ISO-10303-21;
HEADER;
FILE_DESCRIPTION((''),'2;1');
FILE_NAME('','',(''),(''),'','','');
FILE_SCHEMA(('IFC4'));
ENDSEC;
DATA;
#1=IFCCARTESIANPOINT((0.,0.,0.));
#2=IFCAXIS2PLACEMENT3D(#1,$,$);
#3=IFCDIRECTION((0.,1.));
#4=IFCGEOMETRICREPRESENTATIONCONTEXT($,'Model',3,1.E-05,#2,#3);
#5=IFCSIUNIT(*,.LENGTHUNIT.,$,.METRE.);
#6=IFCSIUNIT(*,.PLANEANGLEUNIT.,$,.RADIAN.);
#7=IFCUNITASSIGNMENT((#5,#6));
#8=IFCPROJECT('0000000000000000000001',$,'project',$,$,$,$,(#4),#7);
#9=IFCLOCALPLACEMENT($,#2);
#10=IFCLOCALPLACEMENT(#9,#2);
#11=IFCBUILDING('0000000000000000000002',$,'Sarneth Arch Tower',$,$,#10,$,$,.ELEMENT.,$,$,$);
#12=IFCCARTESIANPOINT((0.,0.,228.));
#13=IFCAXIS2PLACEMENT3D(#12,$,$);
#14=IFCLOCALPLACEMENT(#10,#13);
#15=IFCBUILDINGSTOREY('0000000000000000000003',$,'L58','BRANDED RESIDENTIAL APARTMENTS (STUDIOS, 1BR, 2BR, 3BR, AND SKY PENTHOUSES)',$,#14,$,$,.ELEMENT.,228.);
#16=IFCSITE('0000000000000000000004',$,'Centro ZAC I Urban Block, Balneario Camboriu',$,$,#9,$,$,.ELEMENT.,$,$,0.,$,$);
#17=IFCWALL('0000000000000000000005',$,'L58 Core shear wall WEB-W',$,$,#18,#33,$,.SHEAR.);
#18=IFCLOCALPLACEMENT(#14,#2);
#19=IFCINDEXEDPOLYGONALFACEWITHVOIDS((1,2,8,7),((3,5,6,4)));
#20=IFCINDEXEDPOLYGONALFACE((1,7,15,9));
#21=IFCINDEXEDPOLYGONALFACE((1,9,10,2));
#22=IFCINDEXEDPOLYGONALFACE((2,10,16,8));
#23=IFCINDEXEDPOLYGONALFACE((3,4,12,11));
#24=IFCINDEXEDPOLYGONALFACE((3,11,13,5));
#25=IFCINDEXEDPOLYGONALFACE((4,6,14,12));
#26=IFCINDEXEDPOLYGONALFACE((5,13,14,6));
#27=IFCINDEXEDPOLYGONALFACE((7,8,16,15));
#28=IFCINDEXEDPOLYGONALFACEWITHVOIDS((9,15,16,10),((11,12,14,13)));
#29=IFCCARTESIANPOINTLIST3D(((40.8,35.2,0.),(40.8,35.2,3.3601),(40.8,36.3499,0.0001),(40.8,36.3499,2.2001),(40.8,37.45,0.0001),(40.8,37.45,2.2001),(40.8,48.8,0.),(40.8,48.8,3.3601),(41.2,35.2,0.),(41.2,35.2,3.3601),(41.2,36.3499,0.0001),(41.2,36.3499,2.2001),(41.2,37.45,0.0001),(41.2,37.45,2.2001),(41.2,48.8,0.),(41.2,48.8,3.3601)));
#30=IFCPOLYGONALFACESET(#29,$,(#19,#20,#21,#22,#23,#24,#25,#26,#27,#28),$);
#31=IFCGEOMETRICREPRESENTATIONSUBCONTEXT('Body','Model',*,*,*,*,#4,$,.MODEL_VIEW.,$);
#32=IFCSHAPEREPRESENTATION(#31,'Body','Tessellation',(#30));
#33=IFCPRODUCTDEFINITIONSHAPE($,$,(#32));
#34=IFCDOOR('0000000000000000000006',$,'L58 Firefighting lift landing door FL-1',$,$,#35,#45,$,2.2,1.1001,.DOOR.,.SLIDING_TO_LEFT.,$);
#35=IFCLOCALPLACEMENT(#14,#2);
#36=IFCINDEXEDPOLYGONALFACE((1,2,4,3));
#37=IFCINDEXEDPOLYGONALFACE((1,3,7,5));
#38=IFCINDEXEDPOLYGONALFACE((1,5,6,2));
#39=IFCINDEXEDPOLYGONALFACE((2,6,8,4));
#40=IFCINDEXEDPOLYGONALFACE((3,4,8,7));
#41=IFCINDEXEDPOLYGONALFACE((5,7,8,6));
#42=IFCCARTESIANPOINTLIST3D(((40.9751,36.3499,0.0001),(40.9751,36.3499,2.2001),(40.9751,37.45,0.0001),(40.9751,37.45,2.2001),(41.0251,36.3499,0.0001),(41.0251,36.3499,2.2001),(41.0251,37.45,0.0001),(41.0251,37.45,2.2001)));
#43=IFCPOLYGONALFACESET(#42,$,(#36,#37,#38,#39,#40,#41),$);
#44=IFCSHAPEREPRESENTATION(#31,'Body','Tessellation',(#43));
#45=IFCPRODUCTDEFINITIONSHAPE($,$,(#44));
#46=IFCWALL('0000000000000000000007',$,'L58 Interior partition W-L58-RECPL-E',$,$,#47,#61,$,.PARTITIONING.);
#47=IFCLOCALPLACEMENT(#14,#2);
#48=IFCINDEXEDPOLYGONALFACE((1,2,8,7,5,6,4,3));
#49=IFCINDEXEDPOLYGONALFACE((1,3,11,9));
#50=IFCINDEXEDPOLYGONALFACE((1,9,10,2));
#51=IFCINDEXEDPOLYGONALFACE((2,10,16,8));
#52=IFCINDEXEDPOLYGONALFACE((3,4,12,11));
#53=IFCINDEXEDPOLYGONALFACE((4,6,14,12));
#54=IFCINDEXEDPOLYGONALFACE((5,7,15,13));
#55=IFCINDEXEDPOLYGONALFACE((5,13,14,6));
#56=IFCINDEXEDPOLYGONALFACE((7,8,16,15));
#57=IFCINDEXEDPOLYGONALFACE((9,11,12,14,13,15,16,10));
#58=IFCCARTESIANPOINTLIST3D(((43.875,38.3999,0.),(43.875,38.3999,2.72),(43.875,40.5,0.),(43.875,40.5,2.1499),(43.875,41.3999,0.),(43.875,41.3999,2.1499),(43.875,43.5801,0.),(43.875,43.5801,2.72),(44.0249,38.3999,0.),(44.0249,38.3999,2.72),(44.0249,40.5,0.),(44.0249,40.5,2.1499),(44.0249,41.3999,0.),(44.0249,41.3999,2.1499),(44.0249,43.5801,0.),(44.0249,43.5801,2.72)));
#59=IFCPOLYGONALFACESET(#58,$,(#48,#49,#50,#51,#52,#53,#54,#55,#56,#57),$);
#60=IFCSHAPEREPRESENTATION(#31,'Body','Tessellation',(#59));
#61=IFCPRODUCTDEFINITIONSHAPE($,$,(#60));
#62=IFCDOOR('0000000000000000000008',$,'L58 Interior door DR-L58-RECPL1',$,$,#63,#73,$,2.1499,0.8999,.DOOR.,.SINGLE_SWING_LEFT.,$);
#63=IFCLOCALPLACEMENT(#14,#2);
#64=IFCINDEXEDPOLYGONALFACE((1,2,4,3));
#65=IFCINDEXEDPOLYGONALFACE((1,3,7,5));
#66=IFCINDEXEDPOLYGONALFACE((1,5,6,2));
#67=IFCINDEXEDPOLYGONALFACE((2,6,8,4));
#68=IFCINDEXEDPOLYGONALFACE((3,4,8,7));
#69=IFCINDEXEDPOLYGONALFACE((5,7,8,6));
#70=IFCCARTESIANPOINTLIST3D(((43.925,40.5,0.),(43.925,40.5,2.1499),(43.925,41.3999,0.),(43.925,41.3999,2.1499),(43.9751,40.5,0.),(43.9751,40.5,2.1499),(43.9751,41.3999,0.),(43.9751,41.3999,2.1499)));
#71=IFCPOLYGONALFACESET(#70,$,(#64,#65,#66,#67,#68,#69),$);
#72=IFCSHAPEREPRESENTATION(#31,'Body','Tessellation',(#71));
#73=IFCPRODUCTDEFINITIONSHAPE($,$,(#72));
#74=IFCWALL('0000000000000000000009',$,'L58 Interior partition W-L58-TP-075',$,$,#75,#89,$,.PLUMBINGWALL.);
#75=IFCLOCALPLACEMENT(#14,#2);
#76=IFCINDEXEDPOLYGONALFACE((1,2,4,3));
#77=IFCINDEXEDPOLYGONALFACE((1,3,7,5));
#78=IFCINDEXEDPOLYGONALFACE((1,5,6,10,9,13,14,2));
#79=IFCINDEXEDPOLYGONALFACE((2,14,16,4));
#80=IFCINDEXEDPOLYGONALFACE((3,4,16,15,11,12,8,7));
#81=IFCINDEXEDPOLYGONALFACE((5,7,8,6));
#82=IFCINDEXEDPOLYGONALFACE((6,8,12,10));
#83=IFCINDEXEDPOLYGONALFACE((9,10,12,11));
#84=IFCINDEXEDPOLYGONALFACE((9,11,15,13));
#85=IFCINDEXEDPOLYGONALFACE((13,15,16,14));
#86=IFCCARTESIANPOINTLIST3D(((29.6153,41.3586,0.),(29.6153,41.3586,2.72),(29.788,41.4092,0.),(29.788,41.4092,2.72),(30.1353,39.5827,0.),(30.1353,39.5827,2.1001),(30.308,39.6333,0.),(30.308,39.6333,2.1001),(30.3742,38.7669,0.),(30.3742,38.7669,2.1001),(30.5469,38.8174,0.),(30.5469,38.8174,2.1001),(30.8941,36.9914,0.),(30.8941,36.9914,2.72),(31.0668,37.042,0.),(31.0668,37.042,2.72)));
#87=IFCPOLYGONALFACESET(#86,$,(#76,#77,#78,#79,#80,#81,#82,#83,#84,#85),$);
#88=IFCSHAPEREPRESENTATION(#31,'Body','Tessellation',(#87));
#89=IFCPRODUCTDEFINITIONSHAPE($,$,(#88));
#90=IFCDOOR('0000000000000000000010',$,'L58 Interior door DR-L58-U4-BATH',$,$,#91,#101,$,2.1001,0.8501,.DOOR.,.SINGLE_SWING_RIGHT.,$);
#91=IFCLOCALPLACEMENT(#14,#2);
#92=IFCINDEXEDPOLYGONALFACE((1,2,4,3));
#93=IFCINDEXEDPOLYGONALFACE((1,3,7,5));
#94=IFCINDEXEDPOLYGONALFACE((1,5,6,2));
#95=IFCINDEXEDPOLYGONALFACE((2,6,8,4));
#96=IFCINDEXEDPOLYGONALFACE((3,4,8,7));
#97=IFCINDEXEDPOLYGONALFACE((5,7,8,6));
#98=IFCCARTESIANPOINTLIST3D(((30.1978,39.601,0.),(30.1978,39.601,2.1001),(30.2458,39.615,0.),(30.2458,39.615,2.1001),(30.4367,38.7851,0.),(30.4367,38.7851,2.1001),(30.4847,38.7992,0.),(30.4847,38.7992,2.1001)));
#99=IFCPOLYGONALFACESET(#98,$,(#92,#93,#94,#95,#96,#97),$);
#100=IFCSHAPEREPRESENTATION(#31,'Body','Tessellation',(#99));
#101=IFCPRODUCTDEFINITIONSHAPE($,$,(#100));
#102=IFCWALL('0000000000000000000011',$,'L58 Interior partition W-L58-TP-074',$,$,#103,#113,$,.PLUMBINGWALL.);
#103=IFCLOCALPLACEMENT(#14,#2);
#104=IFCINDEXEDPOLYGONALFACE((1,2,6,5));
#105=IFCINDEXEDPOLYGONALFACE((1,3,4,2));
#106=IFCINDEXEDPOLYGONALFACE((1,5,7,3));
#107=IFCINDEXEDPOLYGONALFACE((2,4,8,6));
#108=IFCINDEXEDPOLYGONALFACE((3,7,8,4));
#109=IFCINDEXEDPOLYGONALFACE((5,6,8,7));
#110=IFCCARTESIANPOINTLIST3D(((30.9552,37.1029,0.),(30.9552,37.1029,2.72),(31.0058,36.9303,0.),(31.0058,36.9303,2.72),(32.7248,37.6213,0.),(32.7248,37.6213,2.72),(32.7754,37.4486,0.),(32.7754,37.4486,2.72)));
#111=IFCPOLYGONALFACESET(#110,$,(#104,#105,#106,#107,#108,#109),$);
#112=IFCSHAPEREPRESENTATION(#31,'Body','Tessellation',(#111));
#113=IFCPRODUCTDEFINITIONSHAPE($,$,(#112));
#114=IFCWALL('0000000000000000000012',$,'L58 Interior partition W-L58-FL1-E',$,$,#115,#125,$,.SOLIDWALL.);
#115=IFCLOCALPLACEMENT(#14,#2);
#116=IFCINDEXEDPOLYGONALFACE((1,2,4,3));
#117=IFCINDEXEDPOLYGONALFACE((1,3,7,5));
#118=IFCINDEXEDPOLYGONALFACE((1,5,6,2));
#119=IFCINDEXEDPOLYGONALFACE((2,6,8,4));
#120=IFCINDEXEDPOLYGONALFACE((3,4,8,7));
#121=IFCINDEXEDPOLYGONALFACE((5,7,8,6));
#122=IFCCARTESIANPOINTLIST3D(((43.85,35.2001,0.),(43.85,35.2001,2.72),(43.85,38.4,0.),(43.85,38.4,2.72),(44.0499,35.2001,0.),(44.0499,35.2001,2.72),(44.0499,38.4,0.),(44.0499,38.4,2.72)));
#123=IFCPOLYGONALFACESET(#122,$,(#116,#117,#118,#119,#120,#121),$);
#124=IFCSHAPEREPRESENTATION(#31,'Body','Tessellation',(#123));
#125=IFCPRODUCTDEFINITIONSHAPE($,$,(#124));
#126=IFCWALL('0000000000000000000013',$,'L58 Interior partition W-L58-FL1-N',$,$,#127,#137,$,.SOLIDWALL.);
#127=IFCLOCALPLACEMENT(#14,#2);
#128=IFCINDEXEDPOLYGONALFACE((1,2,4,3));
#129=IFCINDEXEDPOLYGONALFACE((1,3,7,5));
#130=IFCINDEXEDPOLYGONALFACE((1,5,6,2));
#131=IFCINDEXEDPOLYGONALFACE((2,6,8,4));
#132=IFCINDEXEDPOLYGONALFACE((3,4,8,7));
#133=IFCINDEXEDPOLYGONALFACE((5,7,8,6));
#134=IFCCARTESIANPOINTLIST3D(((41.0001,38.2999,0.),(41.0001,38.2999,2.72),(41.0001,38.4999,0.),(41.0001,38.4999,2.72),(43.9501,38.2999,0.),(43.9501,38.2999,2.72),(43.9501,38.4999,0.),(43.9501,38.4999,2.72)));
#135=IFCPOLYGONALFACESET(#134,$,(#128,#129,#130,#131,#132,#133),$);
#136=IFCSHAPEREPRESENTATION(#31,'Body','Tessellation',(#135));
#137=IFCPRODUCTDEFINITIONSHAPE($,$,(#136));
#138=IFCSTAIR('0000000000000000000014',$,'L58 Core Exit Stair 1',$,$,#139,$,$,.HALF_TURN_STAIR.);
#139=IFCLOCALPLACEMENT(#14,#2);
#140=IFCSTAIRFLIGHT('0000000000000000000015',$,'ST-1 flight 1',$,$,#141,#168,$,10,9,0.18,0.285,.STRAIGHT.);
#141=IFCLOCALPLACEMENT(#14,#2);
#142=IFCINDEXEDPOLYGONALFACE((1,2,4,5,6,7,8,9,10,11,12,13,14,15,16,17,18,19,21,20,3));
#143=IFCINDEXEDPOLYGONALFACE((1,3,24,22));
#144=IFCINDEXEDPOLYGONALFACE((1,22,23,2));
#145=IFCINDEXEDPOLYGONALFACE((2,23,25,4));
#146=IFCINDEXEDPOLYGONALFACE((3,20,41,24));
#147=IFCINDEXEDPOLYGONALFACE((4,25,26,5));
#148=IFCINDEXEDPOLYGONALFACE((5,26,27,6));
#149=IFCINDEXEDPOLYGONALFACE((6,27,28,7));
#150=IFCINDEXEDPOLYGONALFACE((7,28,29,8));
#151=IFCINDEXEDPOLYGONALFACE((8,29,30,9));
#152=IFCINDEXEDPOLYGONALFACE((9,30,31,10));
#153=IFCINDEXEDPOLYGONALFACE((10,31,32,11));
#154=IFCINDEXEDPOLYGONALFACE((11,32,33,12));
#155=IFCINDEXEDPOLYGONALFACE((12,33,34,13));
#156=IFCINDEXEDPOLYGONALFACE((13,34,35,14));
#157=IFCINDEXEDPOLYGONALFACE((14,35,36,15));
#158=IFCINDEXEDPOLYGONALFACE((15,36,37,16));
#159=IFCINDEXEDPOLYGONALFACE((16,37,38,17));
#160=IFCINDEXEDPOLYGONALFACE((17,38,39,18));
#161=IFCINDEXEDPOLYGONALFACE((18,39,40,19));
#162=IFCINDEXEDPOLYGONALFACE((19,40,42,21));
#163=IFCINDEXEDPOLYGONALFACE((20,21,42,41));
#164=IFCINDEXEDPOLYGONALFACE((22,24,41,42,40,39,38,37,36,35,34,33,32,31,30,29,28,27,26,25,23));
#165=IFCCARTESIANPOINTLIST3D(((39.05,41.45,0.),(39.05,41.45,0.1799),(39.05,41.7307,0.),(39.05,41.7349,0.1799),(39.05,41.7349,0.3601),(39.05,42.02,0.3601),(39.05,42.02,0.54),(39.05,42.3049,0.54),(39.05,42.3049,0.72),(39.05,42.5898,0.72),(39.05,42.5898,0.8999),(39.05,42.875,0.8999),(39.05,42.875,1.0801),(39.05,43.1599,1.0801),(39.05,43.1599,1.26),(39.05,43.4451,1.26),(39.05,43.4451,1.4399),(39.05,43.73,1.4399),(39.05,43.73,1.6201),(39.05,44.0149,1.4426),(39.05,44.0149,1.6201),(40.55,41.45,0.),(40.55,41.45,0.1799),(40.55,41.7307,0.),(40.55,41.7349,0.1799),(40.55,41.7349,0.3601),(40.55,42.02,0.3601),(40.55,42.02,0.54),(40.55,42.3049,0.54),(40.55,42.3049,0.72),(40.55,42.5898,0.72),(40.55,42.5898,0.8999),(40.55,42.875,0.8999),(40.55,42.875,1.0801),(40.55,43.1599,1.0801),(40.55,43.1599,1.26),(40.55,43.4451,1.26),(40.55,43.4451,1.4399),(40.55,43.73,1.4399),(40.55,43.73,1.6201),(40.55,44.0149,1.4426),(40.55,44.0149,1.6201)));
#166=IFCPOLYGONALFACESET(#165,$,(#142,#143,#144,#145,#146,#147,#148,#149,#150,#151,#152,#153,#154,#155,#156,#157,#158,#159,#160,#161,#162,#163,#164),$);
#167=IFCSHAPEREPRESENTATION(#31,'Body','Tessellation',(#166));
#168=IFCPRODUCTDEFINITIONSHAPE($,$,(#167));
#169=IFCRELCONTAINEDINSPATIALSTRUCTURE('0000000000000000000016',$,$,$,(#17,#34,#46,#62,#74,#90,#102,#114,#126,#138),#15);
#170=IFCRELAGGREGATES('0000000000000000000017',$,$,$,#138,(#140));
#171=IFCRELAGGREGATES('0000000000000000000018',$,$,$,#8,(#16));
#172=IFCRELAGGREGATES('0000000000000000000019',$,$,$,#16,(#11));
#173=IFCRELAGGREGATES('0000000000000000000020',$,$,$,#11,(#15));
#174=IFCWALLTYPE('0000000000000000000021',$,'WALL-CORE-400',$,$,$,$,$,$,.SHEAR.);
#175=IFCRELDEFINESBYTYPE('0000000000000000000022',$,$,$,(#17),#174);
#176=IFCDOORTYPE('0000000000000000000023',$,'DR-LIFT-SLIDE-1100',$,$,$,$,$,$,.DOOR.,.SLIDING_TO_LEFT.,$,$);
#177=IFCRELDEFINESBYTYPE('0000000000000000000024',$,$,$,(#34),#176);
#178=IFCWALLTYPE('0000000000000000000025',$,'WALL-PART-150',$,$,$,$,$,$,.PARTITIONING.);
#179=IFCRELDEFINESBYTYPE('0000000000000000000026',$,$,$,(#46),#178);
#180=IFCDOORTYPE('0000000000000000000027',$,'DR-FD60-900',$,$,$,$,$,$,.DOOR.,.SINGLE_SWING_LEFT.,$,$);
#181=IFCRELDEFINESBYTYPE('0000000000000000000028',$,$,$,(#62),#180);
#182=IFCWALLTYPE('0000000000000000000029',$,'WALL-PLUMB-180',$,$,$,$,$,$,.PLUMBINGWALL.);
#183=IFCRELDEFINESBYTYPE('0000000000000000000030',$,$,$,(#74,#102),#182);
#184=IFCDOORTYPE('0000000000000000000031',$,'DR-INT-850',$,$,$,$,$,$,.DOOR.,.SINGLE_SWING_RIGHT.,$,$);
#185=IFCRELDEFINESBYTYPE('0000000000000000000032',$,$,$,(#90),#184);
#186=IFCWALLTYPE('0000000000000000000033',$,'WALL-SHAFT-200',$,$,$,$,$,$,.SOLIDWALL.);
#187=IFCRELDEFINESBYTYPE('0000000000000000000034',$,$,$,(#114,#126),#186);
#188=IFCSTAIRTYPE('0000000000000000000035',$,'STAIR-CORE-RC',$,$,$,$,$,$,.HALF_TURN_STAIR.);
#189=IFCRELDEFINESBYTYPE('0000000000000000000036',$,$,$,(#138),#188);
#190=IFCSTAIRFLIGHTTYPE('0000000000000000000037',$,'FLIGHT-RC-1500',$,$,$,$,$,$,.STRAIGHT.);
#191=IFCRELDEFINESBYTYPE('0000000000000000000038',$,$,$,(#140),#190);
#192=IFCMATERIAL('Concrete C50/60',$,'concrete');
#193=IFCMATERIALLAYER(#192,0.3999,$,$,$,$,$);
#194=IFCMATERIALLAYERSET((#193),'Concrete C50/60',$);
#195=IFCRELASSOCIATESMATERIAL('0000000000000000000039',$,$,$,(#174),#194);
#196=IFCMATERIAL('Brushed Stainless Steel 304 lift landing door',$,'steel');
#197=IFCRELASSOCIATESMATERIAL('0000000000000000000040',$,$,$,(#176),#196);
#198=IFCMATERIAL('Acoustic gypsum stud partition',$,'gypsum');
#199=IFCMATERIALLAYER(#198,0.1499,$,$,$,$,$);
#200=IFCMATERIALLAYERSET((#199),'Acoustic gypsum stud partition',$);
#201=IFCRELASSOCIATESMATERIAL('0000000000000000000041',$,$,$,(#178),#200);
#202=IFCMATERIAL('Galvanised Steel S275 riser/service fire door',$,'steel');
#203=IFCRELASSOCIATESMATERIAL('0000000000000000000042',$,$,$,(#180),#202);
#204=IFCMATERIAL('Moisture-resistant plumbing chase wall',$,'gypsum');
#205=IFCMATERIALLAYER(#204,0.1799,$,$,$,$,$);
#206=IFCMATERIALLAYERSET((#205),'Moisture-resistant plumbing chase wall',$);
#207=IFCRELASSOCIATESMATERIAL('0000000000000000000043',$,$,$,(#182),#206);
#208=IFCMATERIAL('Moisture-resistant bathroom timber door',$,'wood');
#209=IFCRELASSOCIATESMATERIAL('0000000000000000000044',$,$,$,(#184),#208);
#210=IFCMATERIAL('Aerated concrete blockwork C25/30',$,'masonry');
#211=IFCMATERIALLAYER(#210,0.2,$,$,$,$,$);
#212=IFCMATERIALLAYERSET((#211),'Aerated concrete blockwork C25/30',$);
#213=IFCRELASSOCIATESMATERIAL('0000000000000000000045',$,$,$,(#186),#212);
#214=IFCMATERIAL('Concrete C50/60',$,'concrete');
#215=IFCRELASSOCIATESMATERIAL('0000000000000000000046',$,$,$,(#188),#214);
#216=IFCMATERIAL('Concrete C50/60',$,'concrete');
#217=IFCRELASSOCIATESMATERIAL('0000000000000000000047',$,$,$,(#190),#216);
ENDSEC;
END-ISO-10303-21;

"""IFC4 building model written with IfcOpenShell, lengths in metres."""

from ifc_helpers import new_model, si_unit, direction, frame, frame_2d, origin, place, context, subcontext, project, spatial, polyline, rectangle, outline, extrude, material, layer, layer_set, type_object, element, fill, aggregate, save


model = new_model("IFC4")

# Units and contexts
model_context = context("Model", 3, precision=1e-05, world=origin(), true_north=direction((0.0, 1.0)))
body_context = subcontext(model_context, "Body", "Model", "MODEL_VIEW")
ifc_project = project(units=[si_unit("LENGTHUNIT", "METRE"), si_unit("PLANEANGLEUNIT", "RADIAN")], contexts=[model_context])

# Site, building, storey
site_placement = place(None, origin())
site = spatial("IfcSite", under=ifc_project, at=site_placement, Name="Centro ZAC I Urban Block, Balneario Camboriu", CompositionType="ELEMENT", RefElevation=0.0)
building_placement = place(site_placement, origin())
building = spatial("IfcBuilding", under=site, at=building_placement, Name="Sarneth Arch Tower", CompositionType="ELEMENT")
storey_placement = place(building_placement, frame((0.0, 0.0, 228.0)))
storey = spatial("IfcBuildingStorey", under=building, at=storey_placement, Name="L58", Description="BRANDED RESIDENTIAL APARTMENTS (STUDIOS, 1BR, 2BR, 3BR, AND SKY PENTHOUSES)", CompositionType="ELEMENT", Elevation=228.0)

# Shared definitions
ifc_material_1 = material(Name="Concrete C50/60", Category="concrete")
ifc_layer_1 = layer(ifc_material_1, 0.3999)
ifc_layer_set_1 = layer_set([ifc_layer_1], Name="Concrete C50/60")
wall_type_1 = type_object("IfcWallType", Name="WALL-CORE-400", PredefinedType="SHEAR", material=ifc_layer_set_1)

# Walls, openings, doors
wall_1_placement = place(storey_placement, frame((41.0, 35.2, 0.0), z_axis=(0.0, 0.0, 1.0), x_axis=(0.0, 1.0, 0.0)))
wall_1 = element("IfcWall", 1, at=wall_1_placement, inside=storey, type_object=wall_type_1, Name="L58 Core shear wall WEB-W", PredefinedType="SHEAR", context=body_context, shape_type="SweptSolid", body=[
    extrude(rectangle(XDim=13.6001, YDim=0.3999, at=frame_2d((6.8, 0.0))), origin(), (0.0, 0.0, 1.0), 3.3601),
])
opening_1_placement = place(wall_1_placement, frame((1.1499, 0.0, 0.0)))
opening_1 = element("IfcOpeningElement", 2, at=opening_1_placement, cuts=wall_1, PredefinedType="OPENING", context=body_context, shape_type="SweptSolid", body=[
    extrude(rectangle(XDim=1.1001, YDim=2.2, at=frame_2d((0.55, 1.1001))), frame((0.0, 0.21, 0.0), z_axis=(0.0, -1.0, 0.0), x_axis=(1.0, 0.0, 0.0)), (0.0, 0.0, 1.0), 0.4199),
])
ifc_material_2 = material(Name="Brushed Stainless Steel 304 lift landing door", Category="steel")
door_type_1 = type_object("IfcDoorType", Name="DR-LIFT-SLIDE-1100", OperationType="SLIDING_TO_LEFT", PredefinedType="DOOR", material=ifc_material_2)
door_1_placement = place(opening_1_placement, origin())
door_1 = element("IfcDoor", 3, at=door_1_placement, inside=storey, type_object=door_type_1, Name="L58 Firefighting lift landing door FL-1", OperationType="SLIDING_TO_LEFT", OverallHeight=2.2, OverallWidth=1.1001, PredefinedType="DOOR", context=body_context, shape_type="SweptSolid", body=[
    extrude(rectangle(XDim=1.1001, YDim=2.2, at=frame_2d((0.55, 1.1001))), frame((0.0, 0.0249, 0.0), z_axis=(0.0, -1.0, 0.0), x_axis=(1.0, 0.0, 0.0)), (0.0, 0.0, 1.0), 0.05),
])
fill(opening_1, door_1)
ifc_material_3 = material(Name="Acoustic gypsum stud partition", Category="gypsum")
ifc_layer_2 = layer(ifc_material_3, 0.1499)
ifc_layer_set_2 = layer_set([ifc_layer_2], Name="Acoustic gypsum stud partition")
wall_type_2 = type_object("IfcWallType", Name="WALL-PART-150", PredefinedType="PARTITIONING", material=ifc_layer_set_2)
wall_2_placement = place(storey_placement, frame((43.95, 38.3999, 0.0), z_axis=(0.0, 0.0, 1.0), x_axis=(0.0, 1.0, 0.0)))
wall_2 = element("IfcWall", 4, at=wall_2_placement, inside=storey, type_object=wall_type_2, Name="L58 Interior partition W-L58-RECPL-E", PredefinedType="PARTITIONING", context=body_context, shape_type="SweptSolid", body=[
    extrude(rectangle(XDim=5.1802, YDim=0.1499, at=frame_2d((2.5901, 0.0))), origin(), (0.0, 0.0, 1.0), 2.72),
])
opening_2_placement = place(wall_2_placement, frame((2.1001, 0.0, 0.0)))
opening_2 = element("IfcOpeningElement", 5, at=opening_2_placement, cuts=wall_2, PredefinedType="OPENING", context=body_context, shape_type="SweptSolid", body=[
    extrude(rectangle(XDim=0.8999, YDim=2.1499, at=frame_2d((0.45, 1.075))), frame((0.0, 0.085, 0.0), z_axis=(0.0, -1.0, 0.0), x_axis=(1.0, 0.0, 0.0)), (0.0, 0.0, 1.0), 0.1699),
])
ifc_material_4 = material(Name="Galvanised Steel S275 riser/service fire door", Category="steel")
door_type_2 = type_object("IfcDoorType", Name="DR-FD60-900", OperationType="SINGLE_SWING_LEFT", PredefinedType="DOOR", material=ifc_material_4)
door_2_placement = place(opening_2_placement, origin())
door_2 = element("IfcDoor", 6, at=door_2_placement, inside=storey, type_object=door_type_2, Name="L58 Interior door DR-L58-RECPL1", OperationType="SINGLE_SWING_LEFT", OverallHeight=2.1499, OverallWidth=0.8999, PredefinedType="DOOR", context=body_context, shape_type="SweptSolid", body=[
    extrude(rectangle(XDim=0.8999, YDim=2.1499, at=frame_2d((0.45, 1.075))), frame((0.0, 0.0249, 0.0), z_axis=(0.0, -1.0, 0.0), x_axis=(1.0, 0.0, 0.0)), (0.0, 0.0, 1.0), 0.05),
])
fill(opening_2, door_2)
ifc_material_5 = material(Name="Moisture-resistant plumbing chase wall", Category="gypsum")
ifc_layer_3 = layer(ifc_material_5, 0.1799)
ifc_layer_set_3 = layer_set([ifc_layer_3], Name="Moisture-resistant plumbing chase wall")
wall_type_3 = type_object("IfcWallType", Name="WALL-PLUMB-180", PredefinedType="PLUMBINGWALL", material=ifc_layer_set_3)
wall_3_placement = place(storey_placement, frame((30.9805, 37.0166, 0.0), z_axis=(0.0, 0.0, 1.0), x_axis=(-0.281022, 0.959701, 0.0)))
wall_3 = element("IfcWall", 7, at=wall_3_placement, inside=storey, type_object=wall_type_3, Name="L58 Interior partition W-L58-TP-075", PredefinedType="PLUMBINGWALL", context=body_context, shape_type="SweptSolid", body=[
    extrude(rectangle(XDim=4.5505, YDim=0.1799, at=frame_2d((2.2754, 0.0))), origin(), (0.0, 0.0, 1.0), 2.72),
])
opening_3_placement = place(wall_3_placement, frame((1.8501, 0.0, 0.0)))
opening_3 = element("IfcOpeningElement", 8, at=opening_3_placement, cuts=wall_3, PredefinedType="OPENING", context=body_context, shape_type="SweptSolid", body=[
    extrude(rectangle(XDim=0.8501, YDim=2.1001, at=frame_2d((0.425, 1.05))), frame((0.0, 0.0999, 0.0), z_axis=(0.0, -1.0, 0.0), x_axis=(1.0, 0.0, 0.0)), (0.0, 0.0, 1.0), 0.2),
])
ifc_material_6 = material(Name="Moisture-resistant bathroom timber door", Category="wood")
door_type_3 = type_object("IfcDoorType", Name="DR-INT-850", OperationType="SINGLE_SWING_RIGHT", PredefinedType="DOOR", material=ifc_material_6)
door_3_placement = place(opening_3_placement, origin())
door_3 = element("IfcDoor", 9, at=door_3_placement, inside=storey, type_object=door_type_3, Name="L58 Interior door DR-L58-U4-BATH", OperationType="SINGLE_SWING_RIGHT", OverallHeight=2.1001, OverallWidth=0.8501, PredefinedType="DOOR", context=body_context, shape_type="SweptSolid", body=[
    extrude(rectangle(XDim=0.8501, YDim=2.1001, at=frame_2d((0.425, 1.05))), frame((0.0, 0.0249, 0.0), z_axis=(0.0, -1.0, 0.0), x_axis=(1.0, 0.0, 0.0)), (0.0, 0.0, 1.0), 0.05),
])
fill(opening_3, door_3)

# Wall
wall_4_placement = place(storey_placement, frame((32.75, 37.5349, 0.0), z_axis=(0.0, 0.0, 1.0), x_axis=(-0.959679, -0.281098, 0.0)))
element("IfcWall", 10, at=wall_4_placement, inside=storey, type_object=wall_type_3, Name="L58 Interior partition W-L58-TP-074", PredefinedType="PLUMBINGWALL", context=body_context, shape_type="SweptSolid", body=[
    extrude(rectangle(XDim=1.844, YDim=0.1799, at=frame_2d((0.9219, 0.0))), origin(), (0.0, 0.0, 1.0), 2.72),
])

# Shared definitions
ifc_material_7 = material(Name="Aerated concrete blockwork C25/30", Category="masonry")
ifc_layer_4 = layer(ifc_material_7, 0.2)
ifc_layer_set_4 = layer_set([ifc_layer_4], Name="Aerated concrete blockwork C25/30")
wall_type_4 = type_object("IfcWallType", Name="WALL-SHAFT-200", PredefinedType="SOLIDWALL", material=ifc_layer_set_4)

# Walls
wall_5_placement = place(storey_placement, frame((43.95, 35.2, 0.0), z_axis=(0.0, 0.0, 1.0), x_axis=(0.0, 1.0, 0.0)))
element("IfcWall", 11, at=wall_5_placement, inside=storey, type_object=wall_type_4, Name="L58 Interior partition W-L58-FL1-E", PredefinedType="SOLIDWALL", context=body_context, shape_type="SweptSolid", body=[
    extrude(rectangle(XDim=3.2, YDim=0.2, at=frame_2d((1.6001, 0.0))), origin(), (0.0, 0.0, 1.0), 2.72),
])
wall_6_placement = place(storey_placement, frame((41.0, 38.3999, 0.0), z_axis=(0.0, 0.0, 1.0), x_axis=(1.0, 0.0, 0.0)))
element("IfcWall", 12, at=wall_6_placement, inside=storey, type_object=wall_type_4, Name="L58 Interior partition W-L58-FL1-N", PredefinedType="SOLIDWALL", context=body_context, shape_type="SweptSolid", body=[
    extrude(rectangle(XDim=2.95, YDim=0.2, at=frame_2d((1.4751, 0.0))), origin(), (0.0, 0.0, 1.0), 2.72),
])

# Stair, stair flight
ifc_material_8 = material(Name="Concrete C50/60", Category="concrete")
stair_type = type_object("IfcStairType", Name="STAIR-CORE-RC", PredefinedType="HALF_TURN_STAIR", material=ifc_material_8)
stair_placement = place(storey_placement, origin())
stair = element("IfcStair", 13, at=stair_placement, inside=storey, type_object=stair_type, Name="L58 Core Exit Stair 1", PredefinedType="HALF_TURN_STAIR")
ifc_material_9 = material(Name="Concrete C50/60", Category="concrete")
stair_flight_type = type_object("IfcStairFlightType", Name="FLIGHT-RC-1500", PredefinedType="STRAIGHT", material=ifc_material_9)
stair_flight_placement = place(storey_placement, frame((39.8, 41.45, 0.0), z_axis=(0.0, 0.0, 1.0), x_axis=(0.0, 1.0, 0.0)))
stair_flight = element("IfcStairFlight", 14, at=stair_flight_placement, type_object=stair_flight_type, Name="ST-1 flight 1", NumberOfRisers=10, NumberOfTreads=9, PredefinedType="STRAIGHT", RiserHeight=0.18, TreadLength=0.285, context=body_context, shape_type="SweptSolid", body=[
    extrude(outline(polyline([(0.0, 0.0), (0.0, 0.1799), (0.2849, 0.1799), (0.2849, 0.3601), (0.5701, 0.3601), (0.5701, 0.54), (0.855, 0.54), (0.855, 0.72), (1.1399, 0.72), (1.1399, 0.8999), (1.425, 0.8999), (1.425, 1.0801), (1.71, 1.0801), (1.71, 1.26), (1.9951, 1.26), (1.9951, 1.4399), (2.28, 1.4399), (2.28, 1.6201), (2.5649, 1.6201), (2.5649, 1.8), (2.5649, 1.4426), (0.2808, 0.0), (0.0, 0.0)])), frame((0.0, 0.75, 0.0), z_axis=(0.0, -1.0, 0.0), x_axis=(1.0, 0.0, 0.0)), (0.0, 0.0, 1.0), 1.5),
])
aggregate(stair, [stair_flight])

save(model, "model.ifc")
